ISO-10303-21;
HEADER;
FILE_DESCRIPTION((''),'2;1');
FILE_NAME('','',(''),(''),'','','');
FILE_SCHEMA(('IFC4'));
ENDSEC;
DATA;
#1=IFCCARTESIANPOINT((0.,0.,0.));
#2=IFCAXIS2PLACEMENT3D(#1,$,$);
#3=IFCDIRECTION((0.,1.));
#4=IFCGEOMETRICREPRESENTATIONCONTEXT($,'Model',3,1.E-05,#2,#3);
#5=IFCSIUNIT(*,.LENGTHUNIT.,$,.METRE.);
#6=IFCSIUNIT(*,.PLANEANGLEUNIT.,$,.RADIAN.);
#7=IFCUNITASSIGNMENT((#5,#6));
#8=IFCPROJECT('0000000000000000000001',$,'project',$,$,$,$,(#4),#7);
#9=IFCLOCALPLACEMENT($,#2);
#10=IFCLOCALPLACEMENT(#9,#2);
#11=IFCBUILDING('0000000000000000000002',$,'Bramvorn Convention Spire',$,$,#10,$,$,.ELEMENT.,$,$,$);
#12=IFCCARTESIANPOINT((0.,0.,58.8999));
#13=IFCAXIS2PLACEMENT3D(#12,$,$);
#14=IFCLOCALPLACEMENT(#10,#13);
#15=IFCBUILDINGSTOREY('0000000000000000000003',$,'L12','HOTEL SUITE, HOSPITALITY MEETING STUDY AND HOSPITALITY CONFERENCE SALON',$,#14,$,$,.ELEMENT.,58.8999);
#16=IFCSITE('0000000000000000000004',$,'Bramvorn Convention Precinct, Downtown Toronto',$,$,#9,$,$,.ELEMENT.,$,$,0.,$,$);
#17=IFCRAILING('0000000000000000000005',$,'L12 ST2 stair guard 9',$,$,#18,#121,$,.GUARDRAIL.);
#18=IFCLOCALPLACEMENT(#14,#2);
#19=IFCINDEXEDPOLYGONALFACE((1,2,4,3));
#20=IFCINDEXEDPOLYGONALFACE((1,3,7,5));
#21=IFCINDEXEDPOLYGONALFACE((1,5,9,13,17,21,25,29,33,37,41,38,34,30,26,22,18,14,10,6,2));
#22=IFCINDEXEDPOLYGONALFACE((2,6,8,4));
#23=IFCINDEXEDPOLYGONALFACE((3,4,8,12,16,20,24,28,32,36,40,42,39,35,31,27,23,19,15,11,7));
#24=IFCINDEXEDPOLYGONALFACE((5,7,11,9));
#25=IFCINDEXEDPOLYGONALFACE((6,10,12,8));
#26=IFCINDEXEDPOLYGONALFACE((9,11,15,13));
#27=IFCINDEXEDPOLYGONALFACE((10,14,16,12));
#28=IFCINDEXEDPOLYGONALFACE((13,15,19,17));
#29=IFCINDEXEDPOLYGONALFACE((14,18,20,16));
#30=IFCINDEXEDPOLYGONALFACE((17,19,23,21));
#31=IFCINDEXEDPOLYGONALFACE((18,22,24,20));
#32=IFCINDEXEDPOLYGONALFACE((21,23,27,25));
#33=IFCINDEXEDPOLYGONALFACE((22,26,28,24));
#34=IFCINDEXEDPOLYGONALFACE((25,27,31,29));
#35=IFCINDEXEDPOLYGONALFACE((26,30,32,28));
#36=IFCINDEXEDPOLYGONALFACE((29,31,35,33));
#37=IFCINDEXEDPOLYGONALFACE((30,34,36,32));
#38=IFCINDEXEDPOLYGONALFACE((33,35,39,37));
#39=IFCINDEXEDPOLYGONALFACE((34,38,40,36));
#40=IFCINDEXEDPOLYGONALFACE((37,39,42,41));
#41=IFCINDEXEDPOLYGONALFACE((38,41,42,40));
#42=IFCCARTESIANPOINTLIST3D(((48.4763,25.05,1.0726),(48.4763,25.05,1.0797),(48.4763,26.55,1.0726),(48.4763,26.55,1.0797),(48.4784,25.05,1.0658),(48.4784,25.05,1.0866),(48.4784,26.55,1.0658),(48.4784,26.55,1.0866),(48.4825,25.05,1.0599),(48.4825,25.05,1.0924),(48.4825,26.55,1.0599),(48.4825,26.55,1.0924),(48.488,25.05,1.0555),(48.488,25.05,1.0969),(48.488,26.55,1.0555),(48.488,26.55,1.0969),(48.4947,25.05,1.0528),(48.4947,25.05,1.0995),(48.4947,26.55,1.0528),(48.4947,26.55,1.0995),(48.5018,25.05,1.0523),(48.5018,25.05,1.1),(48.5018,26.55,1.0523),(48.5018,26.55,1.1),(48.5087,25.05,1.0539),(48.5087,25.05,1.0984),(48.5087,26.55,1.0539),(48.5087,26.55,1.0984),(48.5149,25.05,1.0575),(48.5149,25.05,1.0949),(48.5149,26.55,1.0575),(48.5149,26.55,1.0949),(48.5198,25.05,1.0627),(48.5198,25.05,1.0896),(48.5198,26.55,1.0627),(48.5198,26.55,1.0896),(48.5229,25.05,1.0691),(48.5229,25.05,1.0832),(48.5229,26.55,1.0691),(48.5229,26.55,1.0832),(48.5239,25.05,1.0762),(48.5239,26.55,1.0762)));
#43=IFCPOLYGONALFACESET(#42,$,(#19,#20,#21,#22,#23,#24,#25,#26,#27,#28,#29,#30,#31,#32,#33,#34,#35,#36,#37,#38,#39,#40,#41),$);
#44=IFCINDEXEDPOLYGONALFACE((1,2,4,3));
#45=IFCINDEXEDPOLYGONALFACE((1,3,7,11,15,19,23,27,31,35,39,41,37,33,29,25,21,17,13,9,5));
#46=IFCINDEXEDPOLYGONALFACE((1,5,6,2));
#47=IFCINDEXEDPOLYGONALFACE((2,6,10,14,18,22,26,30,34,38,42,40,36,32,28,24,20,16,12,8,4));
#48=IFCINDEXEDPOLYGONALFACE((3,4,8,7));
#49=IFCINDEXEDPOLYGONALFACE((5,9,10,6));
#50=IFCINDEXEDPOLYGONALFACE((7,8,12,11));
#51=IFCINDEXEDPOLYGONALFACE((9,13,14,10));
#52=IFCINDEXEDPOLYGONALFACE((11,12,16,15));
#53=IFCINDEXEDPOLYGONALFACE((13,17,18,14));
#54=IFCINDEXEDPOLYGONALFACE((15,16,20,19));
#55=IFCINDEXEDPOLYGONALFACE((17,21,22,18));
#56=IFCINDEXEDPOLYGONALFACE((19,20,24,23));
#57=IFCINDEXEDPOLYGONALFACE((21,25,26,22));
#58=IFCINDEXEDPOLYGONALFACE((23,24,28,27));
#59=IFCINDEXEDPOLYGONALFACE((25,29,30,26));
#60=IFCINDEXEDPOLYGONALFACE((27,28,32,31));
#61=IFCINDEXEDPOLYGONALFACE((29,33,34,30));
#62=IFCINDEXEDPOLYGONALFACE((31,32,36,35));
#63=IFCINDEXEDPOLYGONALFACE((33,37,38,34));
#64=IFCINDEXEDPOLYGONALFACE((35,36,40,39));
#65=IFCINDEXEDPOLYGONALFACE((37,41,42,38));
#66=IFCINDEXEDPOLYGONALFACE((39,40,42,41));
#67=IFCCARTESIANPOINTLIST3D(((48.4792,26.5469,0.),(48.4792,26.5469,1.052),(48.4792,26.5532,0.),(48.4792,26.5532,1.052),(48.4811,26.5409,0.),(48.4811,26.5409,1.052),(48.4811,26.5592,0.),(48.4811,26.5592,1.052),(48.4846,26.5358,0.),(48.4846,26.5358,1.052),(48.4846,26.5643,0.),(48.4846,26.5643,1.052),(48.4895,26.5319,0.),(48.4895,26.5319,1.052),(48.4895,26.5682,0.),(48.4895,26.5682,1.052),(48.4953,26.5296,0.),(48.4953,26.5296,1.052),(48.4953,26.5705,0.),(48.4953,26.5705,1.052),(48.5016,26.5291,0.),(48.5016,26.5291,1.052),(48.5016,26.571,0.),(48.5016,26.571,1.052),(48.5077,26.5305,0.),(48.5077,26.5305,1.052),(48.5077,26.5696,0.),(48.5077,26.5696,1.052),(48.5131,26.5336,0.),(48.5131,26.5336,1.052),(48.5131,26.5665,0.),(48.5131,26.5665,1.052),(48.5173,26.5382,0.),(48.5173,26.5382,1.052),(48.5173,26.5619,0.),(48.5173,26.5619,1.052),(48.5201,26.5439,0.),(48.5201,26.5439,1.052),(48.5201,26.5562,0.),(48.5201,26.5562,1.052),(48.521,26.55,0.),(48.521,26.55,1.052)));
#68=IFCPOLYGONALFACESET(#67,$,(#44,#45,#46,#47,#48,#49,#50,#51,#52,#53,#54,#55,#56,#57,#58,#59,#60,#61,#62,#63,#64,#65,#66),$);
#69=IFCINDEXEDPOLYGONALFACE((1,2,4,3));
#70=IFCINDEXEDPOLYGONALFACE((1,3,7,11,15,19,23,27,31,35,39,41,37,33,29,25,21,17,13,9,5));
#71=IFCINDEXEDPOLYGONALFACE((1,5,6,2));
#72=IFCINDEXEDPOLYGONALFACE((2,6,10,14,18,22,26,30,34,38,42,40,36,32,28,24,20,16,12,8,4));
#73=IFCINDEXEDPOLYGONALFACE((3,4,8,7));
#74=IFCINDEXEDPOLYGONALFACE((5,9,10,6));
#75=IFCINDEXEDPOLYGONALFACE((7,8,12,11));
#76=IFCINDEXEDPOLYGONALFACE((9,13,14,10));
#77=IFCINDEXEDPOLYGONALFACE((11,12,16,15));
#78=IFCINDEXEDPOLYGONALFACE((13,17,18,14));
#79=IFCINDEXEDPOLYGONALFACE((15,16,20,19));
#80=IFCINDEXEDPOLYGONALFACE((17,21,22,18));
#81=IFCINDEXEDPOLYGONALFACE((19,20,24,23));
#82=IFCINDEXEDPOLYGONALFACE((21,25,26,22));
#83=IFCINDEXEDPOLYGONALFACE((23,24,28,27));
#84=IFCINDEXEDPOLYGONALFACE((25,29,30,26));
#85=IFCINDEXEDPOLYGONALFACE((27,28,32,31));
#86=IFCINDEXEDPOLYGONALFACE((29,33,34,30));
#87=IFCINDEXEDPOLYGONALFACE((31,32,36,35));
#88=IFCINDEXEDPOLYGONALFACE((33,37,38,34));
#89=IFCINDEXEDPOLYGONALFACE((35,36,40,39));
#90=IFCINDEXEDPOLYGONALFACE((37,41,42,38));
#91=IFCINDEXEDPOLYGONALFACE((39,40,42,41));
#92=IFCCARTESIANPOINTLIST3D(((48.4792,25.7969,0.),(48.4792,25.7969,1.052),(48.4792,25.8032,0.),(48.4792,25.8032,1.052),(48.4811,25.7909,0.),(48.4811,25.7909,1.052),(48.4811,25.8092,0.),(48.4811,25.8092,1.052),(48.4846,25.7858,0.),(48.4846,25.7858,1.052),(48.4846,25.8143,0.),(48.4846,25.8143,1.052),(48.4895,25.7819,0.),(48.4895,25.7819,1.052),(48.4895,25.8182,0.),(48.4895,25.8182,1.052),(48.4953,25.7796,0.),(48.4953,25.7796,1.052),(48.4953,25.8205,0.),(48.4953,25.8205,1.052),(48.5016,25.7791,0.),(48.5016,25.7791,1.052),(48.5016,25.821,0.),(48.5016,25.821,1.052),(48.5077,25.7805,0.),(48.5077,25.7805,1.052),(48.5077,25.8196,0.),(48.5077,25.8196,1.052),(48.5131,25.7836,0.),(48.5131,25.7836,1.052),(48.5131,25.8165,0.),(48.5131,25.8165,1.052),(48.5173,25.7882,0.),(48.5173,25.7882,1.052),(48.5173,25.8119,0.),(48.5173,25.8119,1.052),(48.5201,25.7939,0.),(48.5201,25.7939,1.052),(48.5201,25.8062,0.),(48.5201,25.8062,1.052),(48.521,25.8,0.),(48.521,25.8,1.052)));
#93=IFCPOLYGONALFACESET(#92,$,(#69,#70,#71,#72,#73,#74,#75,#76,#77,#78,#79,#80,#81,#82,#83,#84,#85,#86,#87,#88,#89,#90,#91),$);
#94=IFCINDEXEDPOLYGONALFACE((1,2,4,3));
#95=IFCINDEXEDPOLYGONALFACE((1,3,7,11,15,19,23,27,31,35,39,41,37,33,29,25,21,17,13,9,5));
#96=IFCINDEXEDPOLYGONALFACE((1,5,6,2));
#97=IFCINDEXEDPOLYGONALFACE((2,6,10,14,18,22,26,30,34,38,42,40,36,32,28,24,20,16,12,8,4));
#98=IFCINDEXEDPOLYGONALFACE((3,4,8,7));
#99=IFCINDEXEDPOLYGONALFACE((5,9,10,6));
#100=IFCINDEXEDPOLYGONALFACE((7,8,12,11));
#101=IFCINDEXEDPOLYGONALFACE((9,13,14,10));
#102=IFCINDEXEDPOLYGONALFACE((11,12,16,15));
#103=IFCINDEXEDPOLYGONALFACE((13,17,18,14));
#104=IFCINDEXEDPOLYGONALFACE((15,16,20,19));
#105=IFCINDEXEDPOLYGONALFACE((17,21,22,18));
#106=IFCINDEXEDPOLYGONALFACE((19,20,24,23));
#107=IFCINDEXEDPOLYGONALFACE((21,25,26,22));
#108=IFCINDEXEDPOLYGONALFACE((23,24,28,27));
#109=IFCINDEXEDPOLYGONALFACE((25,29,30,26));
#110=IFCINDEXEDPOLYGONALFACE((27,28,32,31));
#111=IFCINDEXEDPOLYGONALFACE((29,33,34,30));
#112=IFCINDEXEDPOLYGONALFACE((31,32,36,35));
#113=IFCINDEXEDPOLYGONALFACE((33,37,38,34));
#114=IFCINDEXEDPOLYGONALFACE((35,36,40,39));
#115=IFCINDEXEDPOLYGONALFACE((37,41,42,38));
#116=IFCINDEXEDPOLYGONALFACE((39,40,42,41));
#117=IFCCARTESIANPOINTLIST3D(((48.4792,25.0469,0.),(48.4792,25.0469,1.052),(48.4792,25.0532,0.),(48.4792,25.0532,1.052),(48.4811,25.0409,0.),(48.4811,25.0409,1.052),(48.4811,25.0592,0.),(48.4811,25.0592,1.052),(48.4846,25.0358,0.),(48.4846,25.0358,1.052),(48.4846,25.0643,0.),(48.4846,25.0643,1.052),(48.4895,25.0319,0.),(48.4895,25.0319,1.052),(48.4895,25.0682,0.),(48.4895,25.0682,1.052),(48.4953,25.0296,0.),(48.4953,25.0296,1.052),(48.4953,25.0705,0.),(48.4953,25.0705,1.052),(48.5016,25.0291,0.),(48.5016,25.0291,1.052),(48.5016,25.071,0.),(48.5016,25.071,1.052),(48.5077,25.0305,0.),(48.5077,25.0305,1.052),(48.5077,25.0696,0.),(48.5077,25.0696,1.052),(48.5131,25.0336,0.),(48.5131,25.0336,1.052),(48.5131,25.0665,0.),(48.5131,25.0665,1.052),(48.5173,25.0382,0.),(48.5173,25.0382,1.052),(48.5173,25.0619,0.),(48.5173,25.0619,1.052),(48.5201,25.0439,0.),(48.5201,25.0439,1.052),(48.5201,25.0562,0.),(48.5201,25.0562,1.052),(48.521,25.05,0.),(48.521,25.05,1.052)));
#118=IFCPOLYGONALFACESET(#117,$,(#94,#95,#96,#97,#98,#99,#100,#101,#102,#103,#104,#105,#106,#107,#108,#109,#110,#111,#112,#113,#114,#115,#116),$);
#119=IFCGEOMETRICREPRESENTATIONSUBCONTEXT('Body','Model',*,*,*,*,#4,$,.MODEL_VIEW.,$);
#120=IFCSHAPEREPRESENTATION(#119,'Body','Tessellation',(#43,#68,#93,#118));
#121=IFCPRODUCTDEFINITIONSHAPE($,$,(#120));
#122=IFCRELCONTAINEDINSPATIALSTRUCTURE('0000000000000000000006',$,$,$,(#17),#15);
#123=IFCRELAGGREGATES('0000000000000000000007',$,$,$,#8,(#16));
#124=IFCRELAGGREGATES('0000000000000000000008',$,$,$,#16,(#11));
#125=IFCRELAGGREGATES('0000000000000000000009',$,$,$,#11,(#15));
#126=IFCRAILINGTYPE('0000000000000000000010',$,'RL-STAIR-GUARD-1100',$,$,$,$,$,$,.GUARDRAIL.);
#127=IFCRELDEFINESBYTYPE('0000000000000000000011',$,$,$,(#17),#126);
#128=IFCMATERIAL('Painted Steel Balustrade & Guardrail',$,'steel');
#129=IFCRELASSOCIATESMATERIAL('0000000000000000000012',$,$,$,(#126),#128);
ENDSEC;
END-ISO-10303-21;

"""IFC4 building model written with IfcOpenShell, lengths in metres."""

from ifc_helpers import new_model, si_unit, direction, frame, origin, origin_2d, place, context, subcontext, project, spatial, circle, extrude, material, type_object, element, save


model = new_model("IFC4")

# Units and contexts
model_context = context("Model", 3, precision=1e-05, world=origin(), true_north=direction((0.0, 1.0)))
body_context = subcontext(model_context, "Body", "Model", "MODEL_VIEW")
ifc_project = project(units=[si_unit("LENGTHUNIT", "METRE"), si_unit("PLANEANGLEUNIT", "RADIAN")], contexts=[model_context])

# Site, building, storey
site_placement = place(None, origin())
site = spatial("IfcSite", under=ifc_project, at=site_placement, Name="Bramvorn Convention Precinct, Downtown Toronto", CompositionType="ELEMENT", RefElevation=0.0)
building_placement = place(site_placement, origin())
building = spatial("IfcBuilding", under=site, at=building_placement, Name="Bramvorn Convention Spire", CompositionType="ELEMENT")
storey_placement = place(building_placement, frame((0.0, 0.0, 58.8999)))
storey = spatial("IfcBuildingStorey", under=building, at=storey_placement, Name="L12", Description="HOTEL SUITE, HOSPITALITY MEETING STUDY AND HOSPITALITY CONFERENCE SALON", CompositionType="ELEMENT", Elevation=58.8999)

# Railing
ifc_material_1 = material(Name="Painted Steel Balustrade & Guardrail", Category="steel")
railing_type_1 = type_object("IfcRailingType", Name="RL-STAIR-GUARD-1100", PredefinedType="GUARDRAIL", material=ifc_material_1)
for number, where, name in (
    (1, (48.5, 26.55, 0.0), "L12 ST2 stair guard 9"),
):
    element("IfcRailing", number, at=place(storey_placement, frame(where)), inside=storey, type_object=railing_type_1, Name=name, PredefinedType="GUARDRAIL", context=body_context, shape_type="SweptSolid", body=[
        extrude(circle(Radius=0.0239, at=origin_2d()), frame((0.0, 0.0, 1.0762), z_axis=(0.0, -1.0, 0.0), x_axis=(1.0, 0.0, 0.0)), (0.0, 0.0, 1.0), 1.5),
        extrude(circle(Radius=0.021, at=origin_2d()), origin(), (0.0, 0.0, 1.0), 1.052),
        extrude(circle(Radius=0.021, at=origin_2d()), frame((0.0, -0.75, 0.0)), (0.0, 0.0, 1.0), 1.052),
        extrude(circle(Radius=0.021, at=origin_2d()), frame((0.0, -1.5, 0.0)), (0.0, 0.0, 1.0), 1.052),
    ])

save(model, "model.ifc")
